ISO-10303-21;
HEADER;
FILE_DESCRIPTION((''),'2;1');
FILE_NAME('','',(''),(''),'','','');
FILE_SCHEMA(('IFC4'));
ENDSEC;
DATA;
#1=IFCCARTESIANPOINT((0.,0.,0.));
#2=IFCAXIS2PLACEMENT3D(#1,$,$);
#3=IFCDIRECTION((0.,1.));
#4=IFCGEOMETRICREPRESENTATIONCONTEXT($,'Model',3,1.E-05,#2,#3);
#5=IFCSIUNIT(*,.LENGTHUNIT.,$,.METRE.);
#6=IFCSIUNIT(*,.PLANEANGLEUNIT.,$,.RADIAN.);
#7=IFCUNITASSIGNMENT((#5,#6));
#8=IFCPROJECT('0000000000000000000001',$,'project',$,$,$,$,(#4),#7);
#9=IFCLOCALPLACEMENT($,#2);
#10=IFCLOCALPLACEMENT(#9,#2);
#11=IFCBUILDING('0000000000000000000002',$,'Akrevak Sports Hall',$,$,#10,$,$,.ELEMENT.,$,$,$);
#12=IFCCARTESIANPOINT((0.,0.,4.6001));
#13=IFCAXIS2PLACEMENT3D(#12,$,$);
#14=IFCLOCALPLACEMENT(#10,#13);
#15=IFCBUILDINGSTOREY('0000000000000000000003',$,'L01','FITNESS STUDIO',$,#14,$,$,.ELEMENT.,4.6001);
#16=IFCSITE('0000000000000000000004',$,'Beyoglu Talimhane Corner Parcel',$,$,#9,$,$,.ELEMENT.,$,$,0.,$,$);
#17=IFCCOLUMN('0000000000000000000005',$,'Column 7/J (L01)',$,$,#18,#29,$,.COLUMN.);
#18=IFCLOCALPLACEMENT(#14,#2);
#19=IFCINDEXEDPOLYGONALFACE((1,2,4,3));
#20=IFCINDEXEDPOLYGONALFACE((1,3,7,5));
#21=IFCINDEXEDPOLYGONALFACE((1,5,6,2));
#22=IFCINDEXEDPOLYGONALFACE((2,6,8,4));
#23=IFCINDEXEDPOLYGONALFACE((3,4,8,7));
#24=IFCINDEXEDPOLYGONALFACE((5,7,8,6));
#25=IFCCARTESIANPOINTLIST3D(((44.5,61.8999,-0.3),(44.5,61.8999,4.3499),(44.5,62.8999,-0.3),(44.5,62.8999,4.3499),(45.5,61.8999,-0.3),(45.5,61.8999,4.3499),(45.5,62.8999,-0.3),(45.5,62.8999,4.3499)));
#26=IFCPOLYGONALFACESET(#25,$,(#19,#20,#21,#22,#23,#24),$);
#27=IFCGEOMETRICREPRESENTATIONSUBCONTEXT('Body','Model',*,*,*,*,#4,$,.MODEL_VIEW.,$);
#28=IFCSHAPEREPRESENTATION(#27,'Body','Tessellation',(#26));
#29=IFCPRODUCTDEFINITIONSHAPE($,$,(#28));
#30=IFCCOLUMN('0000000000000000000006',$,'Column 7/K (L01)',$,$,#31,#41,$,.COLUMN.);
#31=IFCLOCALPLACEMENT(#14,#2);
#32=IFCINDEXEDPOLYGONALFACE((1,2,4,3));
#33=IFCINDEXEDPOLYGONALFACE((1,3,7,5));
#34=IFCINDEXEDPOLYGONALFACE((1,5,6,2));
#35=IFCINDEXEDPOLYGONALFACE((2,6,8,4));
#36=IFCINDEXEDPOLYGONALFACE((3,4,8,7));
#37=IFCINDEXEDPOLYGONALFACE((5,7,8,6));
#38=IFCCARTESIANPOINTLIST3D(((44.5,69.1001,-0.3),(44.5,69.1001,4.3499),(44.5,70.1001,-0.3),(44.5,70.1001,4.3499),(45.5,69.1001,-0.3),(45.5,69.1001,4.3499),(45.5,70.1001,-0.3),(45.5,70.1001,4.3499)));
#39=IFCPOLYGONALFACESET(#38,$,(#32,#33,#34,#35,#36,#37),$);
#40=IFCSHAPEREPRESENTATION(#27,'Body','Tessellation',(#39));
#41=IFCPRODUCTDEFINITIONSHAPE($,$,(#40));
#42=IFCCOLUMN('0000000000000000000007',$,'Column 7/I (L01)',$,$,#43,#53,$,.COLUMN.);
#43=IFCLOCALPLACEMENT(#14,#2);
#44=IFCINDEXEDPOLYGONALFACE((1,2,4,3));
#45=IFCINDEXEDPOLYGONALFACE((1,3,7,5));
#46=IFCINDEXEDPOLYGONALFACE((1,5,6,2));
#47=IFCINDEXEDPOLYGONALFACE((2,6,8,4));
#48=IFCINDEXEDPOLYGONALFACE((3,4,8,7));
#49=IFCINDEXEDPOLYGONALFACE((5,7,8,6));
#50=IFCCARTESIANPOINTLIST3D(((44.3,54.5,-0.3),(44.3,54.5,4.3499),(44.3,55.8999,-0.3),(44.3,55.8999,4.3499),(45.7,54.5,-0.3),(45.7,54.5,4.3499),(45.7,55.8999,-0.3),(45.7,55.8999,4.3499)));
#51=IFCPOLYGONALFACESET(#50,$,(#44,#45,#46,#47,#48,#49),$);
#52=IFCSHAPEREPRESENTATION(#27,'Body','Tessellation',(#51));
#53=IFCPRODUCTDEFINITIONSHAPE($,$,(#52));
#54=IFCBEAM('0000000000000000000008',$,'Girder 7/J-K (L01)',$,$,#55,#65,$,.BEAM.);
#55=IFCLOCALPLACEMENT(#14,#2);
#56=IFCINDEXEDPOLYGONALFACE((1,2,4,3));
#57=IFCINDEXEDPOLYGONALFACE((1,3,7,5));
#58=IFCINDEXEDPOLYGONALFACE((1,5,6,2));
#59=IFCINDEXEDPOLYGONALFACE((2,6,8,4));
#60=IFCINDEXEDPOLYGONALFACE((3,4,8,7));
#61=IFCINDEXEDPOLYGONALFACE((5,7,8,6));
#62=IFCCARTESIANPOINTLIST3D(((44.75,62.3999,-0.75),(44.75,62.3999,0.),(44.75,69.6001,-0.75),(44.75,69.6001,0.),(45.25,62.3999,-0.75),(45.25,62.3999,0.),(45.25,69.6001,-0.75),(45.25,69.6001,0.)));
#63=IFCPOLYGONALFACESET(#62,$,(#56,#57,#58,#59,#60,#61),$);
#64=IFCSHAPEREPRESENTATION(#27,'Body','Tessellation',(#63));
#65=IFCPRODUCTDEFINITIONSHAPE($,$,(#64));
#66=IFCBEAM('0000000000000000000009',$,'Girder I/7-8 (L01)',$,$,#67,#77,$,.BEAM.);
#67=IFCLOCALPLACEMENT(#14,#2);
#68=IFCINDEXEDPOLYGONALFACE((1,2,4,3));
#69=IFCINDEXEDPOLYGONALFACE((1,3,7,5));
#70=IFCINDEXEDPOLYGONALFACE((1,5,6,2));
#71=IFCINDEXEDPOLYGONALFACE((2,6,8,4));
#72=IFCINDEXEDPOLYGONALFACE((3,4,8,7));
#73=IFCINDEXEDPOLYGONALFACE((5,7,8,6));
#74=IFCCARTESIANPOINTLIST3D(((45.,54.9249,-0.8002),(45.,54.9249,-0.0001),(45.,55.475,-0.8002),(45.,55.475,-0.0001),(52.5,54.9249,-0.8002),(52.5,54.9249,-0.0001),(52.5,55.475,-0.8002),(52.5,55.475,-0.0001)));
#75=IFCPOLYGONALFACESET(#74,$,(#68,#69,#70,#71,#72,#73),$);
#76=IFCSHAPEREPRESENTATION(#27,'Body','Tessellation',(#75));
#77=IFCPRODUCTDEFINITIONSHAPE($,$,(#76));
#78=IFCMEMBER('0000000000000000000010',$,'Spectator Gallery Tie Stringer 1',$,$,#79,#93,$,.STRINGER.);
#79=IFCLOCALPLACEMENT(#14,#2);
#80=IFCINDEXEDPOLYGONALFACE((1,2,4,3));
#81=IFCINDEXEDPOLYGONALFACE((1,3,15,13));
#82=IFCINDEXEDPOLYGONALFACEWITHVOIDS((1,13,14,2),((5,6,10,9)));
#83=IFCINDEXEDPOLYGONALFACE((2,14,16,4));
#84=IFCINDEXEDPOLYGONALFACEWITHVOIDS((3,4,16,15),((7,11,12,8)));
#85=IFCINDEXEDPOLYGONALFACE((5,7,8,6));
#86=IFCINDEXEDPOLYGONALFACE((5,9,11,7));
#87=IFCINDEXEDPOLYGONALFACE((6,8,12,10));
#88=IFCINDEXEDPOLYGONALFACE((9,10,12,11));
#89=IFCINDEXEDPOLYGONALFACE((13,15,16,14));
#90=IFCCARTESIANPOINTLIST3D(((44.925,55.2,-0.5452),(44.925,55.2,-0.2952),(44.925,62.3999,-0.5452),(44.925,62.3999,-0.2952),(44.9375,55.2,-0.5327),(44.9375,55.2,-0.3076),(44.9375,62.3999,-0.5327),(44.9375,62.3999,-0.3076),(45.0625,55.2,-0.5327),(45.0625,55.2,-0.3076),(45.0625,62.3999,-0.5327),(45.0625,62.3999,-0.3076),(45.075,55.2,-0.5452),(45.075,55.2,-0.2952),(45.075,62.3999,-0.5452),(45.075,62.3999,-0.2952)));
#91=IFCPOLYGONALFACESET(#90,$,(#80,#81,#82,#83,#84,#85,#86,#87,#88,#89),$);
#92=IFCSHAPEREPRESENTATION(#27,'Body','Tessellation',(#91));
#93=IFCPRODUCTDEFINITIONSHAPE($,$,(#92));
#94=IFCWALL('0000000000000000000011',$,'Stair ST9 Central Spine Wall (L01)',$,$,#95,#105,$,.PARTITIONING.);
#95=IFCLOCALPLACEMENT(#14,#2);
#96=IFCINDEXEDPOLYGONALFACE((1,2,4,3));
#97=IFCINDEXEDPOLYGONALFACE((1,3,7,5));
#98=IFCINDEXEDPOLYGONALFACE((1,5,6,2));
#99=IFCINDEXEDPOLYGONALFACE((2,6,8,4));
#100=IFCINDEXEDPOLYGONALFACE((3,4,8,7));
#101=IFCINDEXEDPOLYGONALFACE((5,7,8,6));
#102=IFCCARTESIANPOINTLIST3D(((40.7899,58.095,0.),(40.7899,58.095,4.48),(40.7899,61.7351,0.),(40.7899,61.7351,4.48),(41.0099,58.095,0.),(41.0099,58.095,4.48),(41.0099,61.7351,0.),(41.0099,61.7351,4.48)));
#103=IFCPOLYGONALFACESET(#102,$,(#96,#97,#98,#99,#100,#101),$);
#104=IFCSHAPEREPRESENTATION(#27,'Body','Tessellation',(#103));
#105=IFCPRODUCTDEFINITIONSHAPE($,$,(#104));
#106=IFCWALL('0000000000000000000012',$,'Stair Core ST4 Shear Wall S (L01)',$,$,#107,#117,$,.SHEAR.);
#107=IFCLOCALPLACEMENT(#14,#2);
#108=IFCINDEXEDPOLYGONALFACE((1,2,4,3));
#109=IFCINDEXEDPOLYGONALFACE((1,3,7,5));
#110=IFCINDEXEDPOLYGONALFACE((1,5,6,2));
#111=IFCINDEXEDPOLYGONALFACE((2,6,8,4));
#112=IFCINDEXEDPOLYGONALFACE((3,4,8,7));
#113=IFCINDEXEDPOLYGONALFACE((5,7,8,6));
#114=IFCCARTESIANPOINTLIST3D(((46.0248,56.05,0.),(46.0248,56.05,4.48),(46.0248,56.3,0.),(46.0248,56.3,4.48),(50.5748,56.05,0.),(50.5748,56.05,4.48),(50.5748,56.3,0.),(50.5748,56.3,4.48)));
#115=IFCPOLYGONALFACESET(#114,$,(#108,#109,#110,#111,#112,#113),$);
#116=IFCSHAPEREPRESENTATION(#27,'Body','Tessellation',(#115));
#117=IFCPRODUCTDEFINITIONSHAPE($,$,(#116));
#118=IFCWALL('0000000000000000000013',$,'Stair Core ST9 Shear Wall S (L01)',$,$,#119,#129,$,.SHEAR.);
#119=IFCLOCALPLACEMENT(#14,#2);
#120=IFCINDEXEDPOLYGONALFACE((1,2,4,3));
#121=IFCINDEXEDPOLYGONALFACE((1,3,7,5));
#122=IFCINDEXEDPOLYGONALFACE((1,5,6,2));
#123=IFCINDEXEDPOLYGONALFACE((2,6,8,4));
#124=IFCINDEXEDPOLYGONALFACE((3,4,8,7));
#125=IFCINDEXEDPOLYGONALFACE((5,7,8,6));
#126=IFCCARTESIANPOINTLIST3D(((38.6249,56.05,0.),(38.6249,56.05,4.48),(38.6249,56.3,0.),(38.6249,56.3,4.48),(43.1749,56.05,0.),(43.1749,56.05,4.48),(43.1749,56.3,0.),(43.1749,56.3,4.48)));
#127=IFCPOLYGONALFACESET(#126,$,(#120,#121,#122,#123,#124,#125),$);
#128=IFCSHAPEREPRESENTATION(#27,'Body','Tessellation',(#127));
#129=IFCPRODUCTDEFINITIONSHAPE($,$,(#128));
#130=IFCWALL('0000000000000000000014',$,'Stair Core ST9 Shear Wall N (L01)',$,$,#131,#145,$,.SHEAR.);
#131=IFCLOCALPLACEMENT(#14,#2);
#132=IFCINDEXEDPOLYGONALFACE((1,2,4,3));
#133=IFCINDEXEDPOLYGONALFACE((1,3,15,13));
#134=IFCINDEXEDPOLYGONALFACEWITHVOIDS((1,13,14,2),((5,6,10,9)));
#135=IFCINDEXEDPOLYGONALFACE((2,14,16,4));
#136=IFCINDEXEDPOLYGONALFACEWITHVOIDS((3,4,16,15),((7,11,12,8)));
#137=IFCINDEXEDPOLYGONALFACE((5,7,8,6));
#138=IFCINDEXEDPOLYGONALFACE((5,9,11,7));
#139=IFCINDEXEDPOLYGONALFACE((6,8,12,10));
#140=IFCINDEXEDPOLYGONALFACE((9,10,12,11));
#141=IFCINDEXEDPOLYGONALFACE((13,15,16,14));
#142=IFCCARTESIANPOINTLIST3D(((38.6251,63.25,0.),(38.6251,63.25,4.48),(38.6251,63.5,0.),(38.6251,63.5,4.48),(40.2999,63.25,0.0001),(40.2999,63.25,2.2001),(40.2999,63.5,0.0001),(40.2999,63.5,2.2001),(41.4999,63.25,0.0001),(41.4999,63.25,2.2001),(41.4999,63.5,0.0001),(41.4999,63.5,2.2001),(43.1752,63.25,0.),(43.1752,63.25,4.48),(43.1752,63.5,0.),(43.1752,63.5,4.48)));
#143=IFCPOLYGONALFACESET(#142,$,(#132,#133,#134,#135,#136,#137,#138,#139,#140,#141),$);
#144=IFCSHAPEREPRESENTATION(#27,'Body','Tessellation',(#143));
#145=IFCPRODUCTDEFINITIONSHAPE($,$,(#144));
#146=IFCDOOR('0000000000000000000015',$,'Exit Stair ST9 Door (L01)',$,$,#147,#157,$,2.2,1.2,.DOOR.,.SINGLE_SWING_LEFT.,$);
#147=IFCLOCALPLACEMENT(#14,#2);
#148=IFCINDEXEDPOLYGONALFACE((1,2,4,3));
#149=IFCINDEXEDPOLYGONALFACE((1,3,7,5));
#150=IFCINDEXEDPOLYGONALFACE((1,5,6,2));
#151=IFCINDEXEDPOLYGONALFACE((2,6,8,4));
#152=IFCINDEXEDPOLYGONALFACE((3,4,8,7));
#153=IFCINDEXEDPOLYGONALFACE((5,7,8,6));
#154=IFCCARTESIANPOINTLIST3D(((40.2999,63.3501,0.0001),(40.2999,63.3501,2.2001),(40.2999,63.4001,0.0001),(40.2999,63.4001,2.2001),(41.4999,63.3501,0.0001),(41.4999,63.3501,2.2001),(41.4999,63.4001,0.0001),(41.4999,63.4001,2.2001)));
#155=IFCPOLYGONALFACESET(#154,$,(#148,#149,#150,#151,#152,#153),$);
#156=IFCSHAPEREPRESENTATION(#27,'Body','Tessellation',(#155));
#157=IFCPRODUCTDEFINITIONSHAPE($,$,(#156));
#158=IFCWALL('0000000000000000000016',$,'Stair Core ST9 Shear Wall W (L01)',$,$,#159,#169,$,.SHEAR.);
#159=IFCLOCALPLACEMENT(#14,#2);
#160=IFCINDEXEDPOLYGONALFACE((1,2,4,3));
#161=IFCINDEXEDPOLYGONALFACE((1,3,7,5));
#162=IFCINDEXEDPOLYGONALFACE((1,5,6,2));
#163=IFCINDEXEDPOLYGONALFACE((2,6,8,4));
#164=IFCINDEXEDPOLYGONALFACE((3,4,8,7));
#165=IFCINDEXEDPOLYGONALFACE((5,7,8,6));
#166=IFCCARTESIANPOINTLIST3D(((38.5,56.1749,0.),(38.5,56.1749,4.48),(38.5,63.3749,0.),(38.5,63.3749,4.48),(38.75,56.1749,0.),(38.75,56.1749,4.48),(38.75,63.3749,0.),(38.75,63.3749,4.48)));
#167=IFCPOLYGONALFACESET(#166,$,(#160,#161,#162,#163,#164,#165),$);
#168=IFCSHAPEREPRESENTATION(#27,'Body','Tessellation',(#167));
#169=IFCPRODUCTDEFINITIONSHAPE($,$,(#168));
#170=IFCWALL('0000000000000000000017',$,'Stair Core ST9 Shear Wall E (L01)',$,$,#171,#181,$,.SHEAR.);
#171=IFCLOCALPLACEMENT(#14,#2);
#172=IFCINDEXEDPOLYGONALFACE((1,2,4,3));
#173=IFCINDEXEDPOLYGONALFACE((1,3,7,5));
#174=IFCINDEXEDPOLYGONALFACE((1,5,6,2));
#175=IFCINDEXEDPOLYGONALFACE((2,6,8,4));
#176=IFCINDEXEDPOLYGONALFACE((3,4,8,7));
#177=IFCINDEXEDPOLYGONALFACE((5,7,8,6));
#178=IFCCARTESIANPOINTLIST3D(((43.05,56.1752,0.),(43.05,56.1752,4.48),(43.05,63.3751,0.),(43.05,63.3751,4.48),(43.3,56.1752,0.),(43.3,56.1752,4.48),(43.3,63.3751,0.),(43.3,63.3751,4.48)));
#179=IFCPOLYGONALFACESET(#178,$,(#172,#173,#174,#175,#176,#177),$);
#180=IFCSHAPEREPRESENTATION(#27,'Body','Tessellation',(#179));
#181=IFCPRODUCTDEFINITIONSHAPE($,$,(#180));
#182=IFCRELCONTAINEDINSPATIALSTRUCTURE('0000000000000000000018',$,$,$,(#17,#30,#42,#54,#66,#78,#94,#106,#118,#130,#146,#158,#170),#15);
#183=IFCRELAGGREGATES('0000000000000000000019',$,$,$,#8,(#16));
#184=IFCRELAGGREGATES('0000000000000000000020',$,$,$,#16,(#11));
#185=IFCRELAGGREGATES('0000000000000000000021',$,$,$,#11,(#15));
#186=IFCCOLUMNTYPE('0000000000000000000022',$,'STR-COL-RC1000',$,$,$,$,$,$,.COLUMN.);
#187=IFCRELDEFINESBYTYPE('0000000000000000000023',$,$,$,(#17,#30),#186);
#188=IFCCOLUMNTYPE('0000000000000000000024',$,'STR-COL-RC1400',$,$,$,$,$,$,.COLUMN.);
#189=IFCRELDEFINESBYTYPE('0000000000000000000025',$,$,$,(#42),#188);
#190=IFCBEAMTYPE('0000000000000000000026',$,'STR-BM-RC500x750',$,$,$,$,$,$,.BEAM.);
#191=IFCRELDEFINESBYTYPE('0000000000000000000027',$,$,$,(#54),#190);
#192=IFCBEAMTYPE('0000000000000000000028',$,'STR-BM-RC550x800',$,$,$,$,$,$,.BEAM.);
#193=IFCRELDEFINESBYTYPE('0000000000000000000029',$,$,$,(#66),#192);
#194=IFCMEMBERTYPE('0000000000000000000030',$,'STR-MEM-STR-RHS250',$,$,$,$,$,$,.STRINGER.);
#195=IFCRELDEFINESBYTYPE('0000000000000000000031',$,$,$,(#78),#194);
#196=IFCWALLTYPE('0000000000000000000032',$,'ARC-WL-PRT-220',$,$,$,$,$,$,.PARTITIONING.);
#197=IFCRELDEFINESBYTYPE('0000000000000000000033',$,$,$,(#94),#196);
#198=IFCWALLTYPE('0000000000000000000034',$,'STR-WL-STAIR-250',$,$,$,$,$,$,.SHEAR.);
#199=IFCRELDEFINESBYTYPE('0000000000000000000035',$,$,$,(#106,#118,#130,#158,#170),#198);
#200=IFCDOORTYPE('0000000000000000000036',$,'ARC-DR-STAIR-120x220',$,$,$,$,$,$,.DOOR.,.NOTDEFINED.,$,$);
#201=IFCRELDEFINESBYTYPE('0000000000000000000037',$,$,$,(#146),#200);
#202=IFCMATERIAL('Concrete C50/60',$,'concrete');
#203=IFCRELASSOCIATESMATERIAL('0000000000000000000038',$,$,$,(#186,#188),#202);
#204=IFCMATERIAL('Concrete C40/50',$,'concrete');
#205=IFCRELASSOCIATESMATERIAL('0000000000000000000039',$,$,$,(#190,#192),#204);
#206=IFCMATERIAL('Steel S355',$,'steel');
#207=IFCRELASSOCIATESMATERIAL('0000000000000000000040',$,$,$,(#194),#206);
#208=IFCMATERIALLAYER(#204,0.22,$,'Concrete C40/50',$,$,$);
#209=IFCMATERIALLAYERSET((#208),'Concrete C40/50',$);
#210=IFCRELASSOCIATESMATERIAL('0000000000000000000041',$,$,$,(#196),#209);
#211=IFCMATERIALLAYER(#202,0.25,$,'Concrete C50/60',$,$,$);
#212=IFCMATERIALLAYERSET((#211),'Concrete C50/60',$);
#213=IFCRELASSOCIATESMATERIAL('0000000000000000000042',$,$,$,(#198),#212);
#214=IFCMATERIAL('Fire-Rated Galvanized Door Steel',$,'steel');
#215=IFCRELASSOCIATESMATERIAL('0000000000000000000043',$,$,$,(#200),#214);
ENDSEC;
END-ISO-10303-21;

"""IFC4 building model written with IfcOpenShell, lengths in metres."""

from ifc_helpers import new_model, si_unit, direction, frame, frame_2d, origin, origin_2d, place, context, subcontext, project, spatial, rectangle, hollow_rectangle, extrude, material, layer, layer_set, material_profile, profile_set, type_object, element, fill, save


model = new_model("IFC4")

# Units and contexts
model_context = context("Model", 3, precision=1e-05, world=origin(), true_north=direction((0.0, 1.0)))
body_context = subcontext(model_context, "Body", "Model", "MODEL_VIEW")
ifc_project = project(units=[si_unit("LENGTHUNIT", "METRE"), si_unit("PLANEANGLEUNIT", "RADIAN")], contexts=[model_context])

# Site, building, storey
site_placement = place(None, origin())
site = spatial("IfcSite", under=ifc_project, at=site_placement, Name="Beyoglu Talimhane Corner Parcel", CompositionType="ELEMENT", RefElevation=0.0)
building_placement = place(site_placement, origin())
building = spatial("IfcBuilding", under=site, at=building_placement, Name="Akrevak Sports Hall", CompositionType="ELEMENT")
storey_placement = place(building_placement, frame((0.0, 0.0, 4.6001)))
storey = spatial("IfcBuildingStorey", under=building, at=storey_placement, Name="L01", Description="FITNESS STUDIO", CompositionType="ELEMENT", Elevation=4.6001)

# Columns
ifc_material_1 = material(Name="Concrete C50/60", Category="concrete")
ifc_material_profile_1 = material_profile(ifc_material_1, rectangle(XDim=1.0, YDim=1.0, at=origin_2d()), Name="RC 1000x1000", Category="concrete")
ifc_profile_set_1 = profile_set([ifc_material_profile_1], Name="Concrete C50/60")
column_type_1 = type_object("IfcColumnType", Name="STR-COL-RC1000", PredefinedType="COLUMN", material=ifc_profile_set_1)
for number, where, z_axis, x_axis, name in (
    (1, (45.0, 62.3999, -0.3), (0.0, 0.0, 1.0), (1.0, 0.0, 0.0), "Column 7/J (L01)"),
    (2, (45.0, 69.6001, -0.3), (0.0, 0.0, 1.0), (1.0, 0.0, 0.0), "Column 7/K (L01)"),
):
    element("IfcColumn", number, at=place(storey_placement, frame(where, z_axis=z_axis, x_axis=x_axis)), inside=storey, type_object=column_type_1, Name=name, PredefinedType="COLUMN", context=body_context, shape_type="SweptSolid", body=[
        extrude(rectangle(XDim=1.0, YDim=1.0, at=origin_2d()), origin(), (0.0, 0.0, 1.0), 4.6499),
    ])
ifc_material_profile_2 = material_profile(ifc_material_1, rectangle(XDim=1.3999, YDim=1.3999, at=origin_2d()), Name="RC 1400x1400", Category="concrete")
ifc_profile_set_2 = profile_set([ifc_material_profile_2], Name="Concrete C50/60")
column_type_2 = type_object("IfcColumnType", Name="STR-COL-RC1400", PredefinedType="COLUMN", material=ifc_profile_set_2)
column_placement = place(storey_placement, frame((45.0, 55.2, -0.3), z_axis=(0.0, 0.0, 1.0), x_axis=(1.0, 0.0, 0.0)))
element("IfcColumn", 3, at=column_placement, inside=storey, type_object=column_type_2, Name="Column 7/I (L01)", PredefinedType="COLUMN", context=body_context, shape_type="SweptSolid", body=[
    extrude(rectangle(XDim=1.3999, YDim=1.3999, at=origin_2d()), origin(), (0.0, 0.0, 1.0), 4.6499),
])

# Beams
ifc_material_2 = material(Name="Concrete C40/50", Category="concrete")
ifc_material_profile_3 = material_profile(ifc_material_2, rectangle(XDim=0.5, YDim=0.75, at=origin_2d()), Name="BM 500x750", Category="concrete")
ifc_profile_set_3 = profile_set([ifc_material_profile_3], Name="Concrete C40/50")
beam_type_1 = type_object("IfcBeamType", Name="STR-BM-RC500x750", PredefinedType="BEAM", material=ifc_profile_set_3)
beam_1_placement = place(storey_placement, frame((45.0, 62.3999, -0.375), z_axis=(0.0, 1.0, 0.0), x_axis=(-1.0, 0.0, 0.0)))
element("IfcBeam", 4, at=beam_1_placement, inside=storey, type_object=beam_type_1, Name="Girder 7/J-K (L01)", PredefinedType="BEAM", context=body_context, shape_type="SweptSolid", body=[
    extrude(rectangle(XDim=0.5, YDim=0.75, at=origin_2d()), origin(), (0.0, 0.0, 1.0), 7.2002),
])
ifc_material_profile_4 = material_profile(ifc_material_2, rectangle(XDim=0.55, YDim=0.8, at=origin_2d()), Name="BM 550x800", Category="concrete")
ifc_profile_set_4 = profile_set([ifc_material_profile_4], Name="Concrete C40/50")
beam_type_2 = type_object("IfcBeamType", Name="STR-BM-RC550x800", PredefinedType="BEAM", material=ifc_profile_set_4)
beam_2_placement = place(storey_placement, frame((45.0, 55.2, -0.4001), z_axis=(1.0, 0.0, 0.0), x_axis=(0.0, 1.0, 0.0)))
element("IfcBeam", 5, at=beam_2_placement, inside=storey, type_object=beam_type_2, Name="Girder I/7-8 (L01)", PredefinedType="BEAM", context=body_context, shape_type="SweptSolid", body=[
    extrude(rectangle(XDim=0.55, YDim=0.8, at=origin_2d()), origin(), (0.0, 0.0, 1.0), 7.5),
])

# Member
ifc_material_3 = material(Name="Steel S355", Category="steel")
ifc_material_profile_5 = material_profile(ifc_material_3, hollow_rectangle(XDim=0.1499, YDim=0.25, WallThickness=0.0125, at=origin_2d()), Name="RHS 250x150x12.5", Category="steel")
ifc_profile_set_5 = profile_set([ifc_material_profile_5], Name="Steel S355")
member_type = type_object("IfcMemberType", Name="STR-MEM-STR-RHS250", PredefinedType="STRINGER", material=ifc_profile_set_5)
member_placement = place(storey_placement, frame((45.0, 55.2, -0.4202), z_axis=(0.0, 1.0, 0.0), x_axis=(-1.0, 0.0, 0.0)))
element("IfcMember", 6, at=member_placement, inside=storey, type_object=member_type, Name="Spectator Gallery Tie Stringer 1", PredefinedType="STRINGER", context=body_context, shape_type="SweptSolid", body=[
    extrude(hollow_rectangle(XDim=0.1499, YDim=0.25, WallThickness=0.0125, at=origin_2d()), origin(), (0.0, 0.0, 1.0), 7.2),
])

# Walls
ifc_layer_1 = layer(ifc_material_2, 0.22, Name="Concrete C40/50")
ifc_layer_set_1 = layer_set([ifc_layer_1], Name="Concrete C40/50")
wall_type_1 = type_object("IfcWallType", Name="ARC-WL-PRT-220", PredefinedType="PARTITIONING", material=ifc_layer_set_1)
wall_1_placement = place(storey_placement, frame((40.8999, 58.095, 0.0), z_axis=(0.0, 0.0, 1.0), x_axis=(0.0, 1.0, 0.0)))
element("IfcWall", 7, at=wall_1_placement, inside=storey, type_object=wall_type_1, Name="Stair ST9 Central Spine Wall (L01)", PredefinedType="PARTITIONING", context=body_context, shape_type="SweptSolid", body=[
    extrude(rectangle(XDim=3.6401, YDim=0.22, at=frame_2d((1.8201, 0.0))), origin(), (0.0, 0.0, 1.0), 4.48),
])
ifc_layer_2 = layer(ifc_material_1, 0.25, Name="Concrete C50/60")
ifc_layer_set_2 = layer_set([ifc_layer_2], Name="Concrete C50/60")
wall_type_2 = type_object("IfcWallType", Name="STR-WL-STAIR-250", PredefinedType="SHEAR", material=ifc_layer_set_2)
for number, where, z_axis, x_axis, name in (
    (8, (46.0249, 56.175, 0.0), (0.0, 0.0, 1.0), (1.0, 0.0, 0.0), "Stair Core ST4 Shear Wall S (L01)"),
    (9, (38.625, 56.175, 0.0), (0.0, 0.0, 1.0), (1.0, 0.0, 0.0), "Stair Core ST9 Shear Wall S (L01)"),
):
    element("IfcWall", number, at=place(storey_placement, frame(where, z_axis=z_axis, x_axis=x_axis)), inside=storey, type_object=wall_type_2, Name=name, PredefinedType="SHEAR", context=body_context, shape_type="SweptSolid", body=[
        extrude(rectangle(XDim=4.55, YDim=0.25, at=frame_2d((2.2749, 0.0))), origin(), (0.0, 0.0, 1.0), 4.48),
    ])

# Wall, opening, door
wall_2_placement = place(storey_placement, frame((43.175, 63.375, 0.0), z_axis=(0.0, 0.0, 1.0), x_axis=(-1.0, 0.0, 0.0)))
wall_2 = element("IfcWall", 10, at=wall_2_placement, inside=storey, type_object=wall_type_2, Name="Stair Core ST9 Shear Wall N (L01)", PredefinedType="SHEAR", context=body_context, shape_type="SweptSolid", body=[
    extrude(rectangle(XDim=4.55, YDim=0.25, at=frame_2d((2.2749, 0.0))), origin(), (0.0, 0.0, 1.0), 4.48),
])
opening_placement = place(wall_2_placement, frame((1.675, 0.0, 0.0)))
opening = element("IfcOpeningElement", 11, at=opening_placement, cuts=wall_2, PredefinedType="OPENING", context=body_context, shape_type="SweptSolid", body=[
    extrude(rectangle(XDim=1.2, YDim=2.2, at=frame_2d((0.6001, 1.1001))), frame((0.0, 0.137, 0.0), z_axis=(0.0, -1.0, 0.0), x_axis=(1.0, 0.0, 0.0)), (0.0, 0.0, 1.0), 0.2739),
])
ifc_material_4 = material(Name="Fire-Rated Galvanized Door Steel", Category="steel")
door_type = type_object("IfcDoorType", Name="ARC-DR-STAIR-120x220", OperationType="NOTDEFINED", PredefinedType="DOOR", material=ifc_material_4)
door_placement = place(opening_placement, origin())
door = element("IfcDoor", 12, at=door_placement, inside=storey, type_object=door_type, Name="Exit Stair ST9 Door (L01)", OperationType="SINGLE_SWING_LEFT", OverallHeight=2.2, OverallWidth=1.2, PredefinedType="DOOR", context=body_context, shape_type="SweptSolid", body=[
    extrude(rectangle(XDim=1.2, YDim=2.2, at=frame_2d((0.6001, 1.1001))), frame((0.0, 0.0249, 0.0), z_axis=(0.0, -1.0, 0.0), x_axis=(1.0, 0.0, 0.0)), (0.0, 0.0, 1.0), 0.05),
])
fill(opening, door)

# Walls
for number, where, z_axis, x_axis, name in (
    (13, (38.625, 63.375, 0.0), (0.0, 0.0, 1.0), (0.0, -1.0, 0.0), "Stair Core ST9 Shear Wall W (L01)"),
    (14, (43.175, 56.175, 0.0), (0.0, 0.0, 1.0), (0.0, 1.0, 0.0), "Stair Core ST9 Shear Wall E (L01)"),
):
    element("IfcWall", number, at=place(storey_placement, frame(where, z_axis=z_axis, x_axis=x_axis)), inside=storey, type_object=wall_type_2, Name=name, PredefinedType="SHEAR", context=body_context, shape_type="SweptSolid", body=[
        extrude(rectangle(XDim=7.2, YDim=0.25, at=frame_2d((3.6001, 0.0))), origin(), (0.0, 0.0, 1.0), 4.48),
    ])

save(model, "model.ifc")
